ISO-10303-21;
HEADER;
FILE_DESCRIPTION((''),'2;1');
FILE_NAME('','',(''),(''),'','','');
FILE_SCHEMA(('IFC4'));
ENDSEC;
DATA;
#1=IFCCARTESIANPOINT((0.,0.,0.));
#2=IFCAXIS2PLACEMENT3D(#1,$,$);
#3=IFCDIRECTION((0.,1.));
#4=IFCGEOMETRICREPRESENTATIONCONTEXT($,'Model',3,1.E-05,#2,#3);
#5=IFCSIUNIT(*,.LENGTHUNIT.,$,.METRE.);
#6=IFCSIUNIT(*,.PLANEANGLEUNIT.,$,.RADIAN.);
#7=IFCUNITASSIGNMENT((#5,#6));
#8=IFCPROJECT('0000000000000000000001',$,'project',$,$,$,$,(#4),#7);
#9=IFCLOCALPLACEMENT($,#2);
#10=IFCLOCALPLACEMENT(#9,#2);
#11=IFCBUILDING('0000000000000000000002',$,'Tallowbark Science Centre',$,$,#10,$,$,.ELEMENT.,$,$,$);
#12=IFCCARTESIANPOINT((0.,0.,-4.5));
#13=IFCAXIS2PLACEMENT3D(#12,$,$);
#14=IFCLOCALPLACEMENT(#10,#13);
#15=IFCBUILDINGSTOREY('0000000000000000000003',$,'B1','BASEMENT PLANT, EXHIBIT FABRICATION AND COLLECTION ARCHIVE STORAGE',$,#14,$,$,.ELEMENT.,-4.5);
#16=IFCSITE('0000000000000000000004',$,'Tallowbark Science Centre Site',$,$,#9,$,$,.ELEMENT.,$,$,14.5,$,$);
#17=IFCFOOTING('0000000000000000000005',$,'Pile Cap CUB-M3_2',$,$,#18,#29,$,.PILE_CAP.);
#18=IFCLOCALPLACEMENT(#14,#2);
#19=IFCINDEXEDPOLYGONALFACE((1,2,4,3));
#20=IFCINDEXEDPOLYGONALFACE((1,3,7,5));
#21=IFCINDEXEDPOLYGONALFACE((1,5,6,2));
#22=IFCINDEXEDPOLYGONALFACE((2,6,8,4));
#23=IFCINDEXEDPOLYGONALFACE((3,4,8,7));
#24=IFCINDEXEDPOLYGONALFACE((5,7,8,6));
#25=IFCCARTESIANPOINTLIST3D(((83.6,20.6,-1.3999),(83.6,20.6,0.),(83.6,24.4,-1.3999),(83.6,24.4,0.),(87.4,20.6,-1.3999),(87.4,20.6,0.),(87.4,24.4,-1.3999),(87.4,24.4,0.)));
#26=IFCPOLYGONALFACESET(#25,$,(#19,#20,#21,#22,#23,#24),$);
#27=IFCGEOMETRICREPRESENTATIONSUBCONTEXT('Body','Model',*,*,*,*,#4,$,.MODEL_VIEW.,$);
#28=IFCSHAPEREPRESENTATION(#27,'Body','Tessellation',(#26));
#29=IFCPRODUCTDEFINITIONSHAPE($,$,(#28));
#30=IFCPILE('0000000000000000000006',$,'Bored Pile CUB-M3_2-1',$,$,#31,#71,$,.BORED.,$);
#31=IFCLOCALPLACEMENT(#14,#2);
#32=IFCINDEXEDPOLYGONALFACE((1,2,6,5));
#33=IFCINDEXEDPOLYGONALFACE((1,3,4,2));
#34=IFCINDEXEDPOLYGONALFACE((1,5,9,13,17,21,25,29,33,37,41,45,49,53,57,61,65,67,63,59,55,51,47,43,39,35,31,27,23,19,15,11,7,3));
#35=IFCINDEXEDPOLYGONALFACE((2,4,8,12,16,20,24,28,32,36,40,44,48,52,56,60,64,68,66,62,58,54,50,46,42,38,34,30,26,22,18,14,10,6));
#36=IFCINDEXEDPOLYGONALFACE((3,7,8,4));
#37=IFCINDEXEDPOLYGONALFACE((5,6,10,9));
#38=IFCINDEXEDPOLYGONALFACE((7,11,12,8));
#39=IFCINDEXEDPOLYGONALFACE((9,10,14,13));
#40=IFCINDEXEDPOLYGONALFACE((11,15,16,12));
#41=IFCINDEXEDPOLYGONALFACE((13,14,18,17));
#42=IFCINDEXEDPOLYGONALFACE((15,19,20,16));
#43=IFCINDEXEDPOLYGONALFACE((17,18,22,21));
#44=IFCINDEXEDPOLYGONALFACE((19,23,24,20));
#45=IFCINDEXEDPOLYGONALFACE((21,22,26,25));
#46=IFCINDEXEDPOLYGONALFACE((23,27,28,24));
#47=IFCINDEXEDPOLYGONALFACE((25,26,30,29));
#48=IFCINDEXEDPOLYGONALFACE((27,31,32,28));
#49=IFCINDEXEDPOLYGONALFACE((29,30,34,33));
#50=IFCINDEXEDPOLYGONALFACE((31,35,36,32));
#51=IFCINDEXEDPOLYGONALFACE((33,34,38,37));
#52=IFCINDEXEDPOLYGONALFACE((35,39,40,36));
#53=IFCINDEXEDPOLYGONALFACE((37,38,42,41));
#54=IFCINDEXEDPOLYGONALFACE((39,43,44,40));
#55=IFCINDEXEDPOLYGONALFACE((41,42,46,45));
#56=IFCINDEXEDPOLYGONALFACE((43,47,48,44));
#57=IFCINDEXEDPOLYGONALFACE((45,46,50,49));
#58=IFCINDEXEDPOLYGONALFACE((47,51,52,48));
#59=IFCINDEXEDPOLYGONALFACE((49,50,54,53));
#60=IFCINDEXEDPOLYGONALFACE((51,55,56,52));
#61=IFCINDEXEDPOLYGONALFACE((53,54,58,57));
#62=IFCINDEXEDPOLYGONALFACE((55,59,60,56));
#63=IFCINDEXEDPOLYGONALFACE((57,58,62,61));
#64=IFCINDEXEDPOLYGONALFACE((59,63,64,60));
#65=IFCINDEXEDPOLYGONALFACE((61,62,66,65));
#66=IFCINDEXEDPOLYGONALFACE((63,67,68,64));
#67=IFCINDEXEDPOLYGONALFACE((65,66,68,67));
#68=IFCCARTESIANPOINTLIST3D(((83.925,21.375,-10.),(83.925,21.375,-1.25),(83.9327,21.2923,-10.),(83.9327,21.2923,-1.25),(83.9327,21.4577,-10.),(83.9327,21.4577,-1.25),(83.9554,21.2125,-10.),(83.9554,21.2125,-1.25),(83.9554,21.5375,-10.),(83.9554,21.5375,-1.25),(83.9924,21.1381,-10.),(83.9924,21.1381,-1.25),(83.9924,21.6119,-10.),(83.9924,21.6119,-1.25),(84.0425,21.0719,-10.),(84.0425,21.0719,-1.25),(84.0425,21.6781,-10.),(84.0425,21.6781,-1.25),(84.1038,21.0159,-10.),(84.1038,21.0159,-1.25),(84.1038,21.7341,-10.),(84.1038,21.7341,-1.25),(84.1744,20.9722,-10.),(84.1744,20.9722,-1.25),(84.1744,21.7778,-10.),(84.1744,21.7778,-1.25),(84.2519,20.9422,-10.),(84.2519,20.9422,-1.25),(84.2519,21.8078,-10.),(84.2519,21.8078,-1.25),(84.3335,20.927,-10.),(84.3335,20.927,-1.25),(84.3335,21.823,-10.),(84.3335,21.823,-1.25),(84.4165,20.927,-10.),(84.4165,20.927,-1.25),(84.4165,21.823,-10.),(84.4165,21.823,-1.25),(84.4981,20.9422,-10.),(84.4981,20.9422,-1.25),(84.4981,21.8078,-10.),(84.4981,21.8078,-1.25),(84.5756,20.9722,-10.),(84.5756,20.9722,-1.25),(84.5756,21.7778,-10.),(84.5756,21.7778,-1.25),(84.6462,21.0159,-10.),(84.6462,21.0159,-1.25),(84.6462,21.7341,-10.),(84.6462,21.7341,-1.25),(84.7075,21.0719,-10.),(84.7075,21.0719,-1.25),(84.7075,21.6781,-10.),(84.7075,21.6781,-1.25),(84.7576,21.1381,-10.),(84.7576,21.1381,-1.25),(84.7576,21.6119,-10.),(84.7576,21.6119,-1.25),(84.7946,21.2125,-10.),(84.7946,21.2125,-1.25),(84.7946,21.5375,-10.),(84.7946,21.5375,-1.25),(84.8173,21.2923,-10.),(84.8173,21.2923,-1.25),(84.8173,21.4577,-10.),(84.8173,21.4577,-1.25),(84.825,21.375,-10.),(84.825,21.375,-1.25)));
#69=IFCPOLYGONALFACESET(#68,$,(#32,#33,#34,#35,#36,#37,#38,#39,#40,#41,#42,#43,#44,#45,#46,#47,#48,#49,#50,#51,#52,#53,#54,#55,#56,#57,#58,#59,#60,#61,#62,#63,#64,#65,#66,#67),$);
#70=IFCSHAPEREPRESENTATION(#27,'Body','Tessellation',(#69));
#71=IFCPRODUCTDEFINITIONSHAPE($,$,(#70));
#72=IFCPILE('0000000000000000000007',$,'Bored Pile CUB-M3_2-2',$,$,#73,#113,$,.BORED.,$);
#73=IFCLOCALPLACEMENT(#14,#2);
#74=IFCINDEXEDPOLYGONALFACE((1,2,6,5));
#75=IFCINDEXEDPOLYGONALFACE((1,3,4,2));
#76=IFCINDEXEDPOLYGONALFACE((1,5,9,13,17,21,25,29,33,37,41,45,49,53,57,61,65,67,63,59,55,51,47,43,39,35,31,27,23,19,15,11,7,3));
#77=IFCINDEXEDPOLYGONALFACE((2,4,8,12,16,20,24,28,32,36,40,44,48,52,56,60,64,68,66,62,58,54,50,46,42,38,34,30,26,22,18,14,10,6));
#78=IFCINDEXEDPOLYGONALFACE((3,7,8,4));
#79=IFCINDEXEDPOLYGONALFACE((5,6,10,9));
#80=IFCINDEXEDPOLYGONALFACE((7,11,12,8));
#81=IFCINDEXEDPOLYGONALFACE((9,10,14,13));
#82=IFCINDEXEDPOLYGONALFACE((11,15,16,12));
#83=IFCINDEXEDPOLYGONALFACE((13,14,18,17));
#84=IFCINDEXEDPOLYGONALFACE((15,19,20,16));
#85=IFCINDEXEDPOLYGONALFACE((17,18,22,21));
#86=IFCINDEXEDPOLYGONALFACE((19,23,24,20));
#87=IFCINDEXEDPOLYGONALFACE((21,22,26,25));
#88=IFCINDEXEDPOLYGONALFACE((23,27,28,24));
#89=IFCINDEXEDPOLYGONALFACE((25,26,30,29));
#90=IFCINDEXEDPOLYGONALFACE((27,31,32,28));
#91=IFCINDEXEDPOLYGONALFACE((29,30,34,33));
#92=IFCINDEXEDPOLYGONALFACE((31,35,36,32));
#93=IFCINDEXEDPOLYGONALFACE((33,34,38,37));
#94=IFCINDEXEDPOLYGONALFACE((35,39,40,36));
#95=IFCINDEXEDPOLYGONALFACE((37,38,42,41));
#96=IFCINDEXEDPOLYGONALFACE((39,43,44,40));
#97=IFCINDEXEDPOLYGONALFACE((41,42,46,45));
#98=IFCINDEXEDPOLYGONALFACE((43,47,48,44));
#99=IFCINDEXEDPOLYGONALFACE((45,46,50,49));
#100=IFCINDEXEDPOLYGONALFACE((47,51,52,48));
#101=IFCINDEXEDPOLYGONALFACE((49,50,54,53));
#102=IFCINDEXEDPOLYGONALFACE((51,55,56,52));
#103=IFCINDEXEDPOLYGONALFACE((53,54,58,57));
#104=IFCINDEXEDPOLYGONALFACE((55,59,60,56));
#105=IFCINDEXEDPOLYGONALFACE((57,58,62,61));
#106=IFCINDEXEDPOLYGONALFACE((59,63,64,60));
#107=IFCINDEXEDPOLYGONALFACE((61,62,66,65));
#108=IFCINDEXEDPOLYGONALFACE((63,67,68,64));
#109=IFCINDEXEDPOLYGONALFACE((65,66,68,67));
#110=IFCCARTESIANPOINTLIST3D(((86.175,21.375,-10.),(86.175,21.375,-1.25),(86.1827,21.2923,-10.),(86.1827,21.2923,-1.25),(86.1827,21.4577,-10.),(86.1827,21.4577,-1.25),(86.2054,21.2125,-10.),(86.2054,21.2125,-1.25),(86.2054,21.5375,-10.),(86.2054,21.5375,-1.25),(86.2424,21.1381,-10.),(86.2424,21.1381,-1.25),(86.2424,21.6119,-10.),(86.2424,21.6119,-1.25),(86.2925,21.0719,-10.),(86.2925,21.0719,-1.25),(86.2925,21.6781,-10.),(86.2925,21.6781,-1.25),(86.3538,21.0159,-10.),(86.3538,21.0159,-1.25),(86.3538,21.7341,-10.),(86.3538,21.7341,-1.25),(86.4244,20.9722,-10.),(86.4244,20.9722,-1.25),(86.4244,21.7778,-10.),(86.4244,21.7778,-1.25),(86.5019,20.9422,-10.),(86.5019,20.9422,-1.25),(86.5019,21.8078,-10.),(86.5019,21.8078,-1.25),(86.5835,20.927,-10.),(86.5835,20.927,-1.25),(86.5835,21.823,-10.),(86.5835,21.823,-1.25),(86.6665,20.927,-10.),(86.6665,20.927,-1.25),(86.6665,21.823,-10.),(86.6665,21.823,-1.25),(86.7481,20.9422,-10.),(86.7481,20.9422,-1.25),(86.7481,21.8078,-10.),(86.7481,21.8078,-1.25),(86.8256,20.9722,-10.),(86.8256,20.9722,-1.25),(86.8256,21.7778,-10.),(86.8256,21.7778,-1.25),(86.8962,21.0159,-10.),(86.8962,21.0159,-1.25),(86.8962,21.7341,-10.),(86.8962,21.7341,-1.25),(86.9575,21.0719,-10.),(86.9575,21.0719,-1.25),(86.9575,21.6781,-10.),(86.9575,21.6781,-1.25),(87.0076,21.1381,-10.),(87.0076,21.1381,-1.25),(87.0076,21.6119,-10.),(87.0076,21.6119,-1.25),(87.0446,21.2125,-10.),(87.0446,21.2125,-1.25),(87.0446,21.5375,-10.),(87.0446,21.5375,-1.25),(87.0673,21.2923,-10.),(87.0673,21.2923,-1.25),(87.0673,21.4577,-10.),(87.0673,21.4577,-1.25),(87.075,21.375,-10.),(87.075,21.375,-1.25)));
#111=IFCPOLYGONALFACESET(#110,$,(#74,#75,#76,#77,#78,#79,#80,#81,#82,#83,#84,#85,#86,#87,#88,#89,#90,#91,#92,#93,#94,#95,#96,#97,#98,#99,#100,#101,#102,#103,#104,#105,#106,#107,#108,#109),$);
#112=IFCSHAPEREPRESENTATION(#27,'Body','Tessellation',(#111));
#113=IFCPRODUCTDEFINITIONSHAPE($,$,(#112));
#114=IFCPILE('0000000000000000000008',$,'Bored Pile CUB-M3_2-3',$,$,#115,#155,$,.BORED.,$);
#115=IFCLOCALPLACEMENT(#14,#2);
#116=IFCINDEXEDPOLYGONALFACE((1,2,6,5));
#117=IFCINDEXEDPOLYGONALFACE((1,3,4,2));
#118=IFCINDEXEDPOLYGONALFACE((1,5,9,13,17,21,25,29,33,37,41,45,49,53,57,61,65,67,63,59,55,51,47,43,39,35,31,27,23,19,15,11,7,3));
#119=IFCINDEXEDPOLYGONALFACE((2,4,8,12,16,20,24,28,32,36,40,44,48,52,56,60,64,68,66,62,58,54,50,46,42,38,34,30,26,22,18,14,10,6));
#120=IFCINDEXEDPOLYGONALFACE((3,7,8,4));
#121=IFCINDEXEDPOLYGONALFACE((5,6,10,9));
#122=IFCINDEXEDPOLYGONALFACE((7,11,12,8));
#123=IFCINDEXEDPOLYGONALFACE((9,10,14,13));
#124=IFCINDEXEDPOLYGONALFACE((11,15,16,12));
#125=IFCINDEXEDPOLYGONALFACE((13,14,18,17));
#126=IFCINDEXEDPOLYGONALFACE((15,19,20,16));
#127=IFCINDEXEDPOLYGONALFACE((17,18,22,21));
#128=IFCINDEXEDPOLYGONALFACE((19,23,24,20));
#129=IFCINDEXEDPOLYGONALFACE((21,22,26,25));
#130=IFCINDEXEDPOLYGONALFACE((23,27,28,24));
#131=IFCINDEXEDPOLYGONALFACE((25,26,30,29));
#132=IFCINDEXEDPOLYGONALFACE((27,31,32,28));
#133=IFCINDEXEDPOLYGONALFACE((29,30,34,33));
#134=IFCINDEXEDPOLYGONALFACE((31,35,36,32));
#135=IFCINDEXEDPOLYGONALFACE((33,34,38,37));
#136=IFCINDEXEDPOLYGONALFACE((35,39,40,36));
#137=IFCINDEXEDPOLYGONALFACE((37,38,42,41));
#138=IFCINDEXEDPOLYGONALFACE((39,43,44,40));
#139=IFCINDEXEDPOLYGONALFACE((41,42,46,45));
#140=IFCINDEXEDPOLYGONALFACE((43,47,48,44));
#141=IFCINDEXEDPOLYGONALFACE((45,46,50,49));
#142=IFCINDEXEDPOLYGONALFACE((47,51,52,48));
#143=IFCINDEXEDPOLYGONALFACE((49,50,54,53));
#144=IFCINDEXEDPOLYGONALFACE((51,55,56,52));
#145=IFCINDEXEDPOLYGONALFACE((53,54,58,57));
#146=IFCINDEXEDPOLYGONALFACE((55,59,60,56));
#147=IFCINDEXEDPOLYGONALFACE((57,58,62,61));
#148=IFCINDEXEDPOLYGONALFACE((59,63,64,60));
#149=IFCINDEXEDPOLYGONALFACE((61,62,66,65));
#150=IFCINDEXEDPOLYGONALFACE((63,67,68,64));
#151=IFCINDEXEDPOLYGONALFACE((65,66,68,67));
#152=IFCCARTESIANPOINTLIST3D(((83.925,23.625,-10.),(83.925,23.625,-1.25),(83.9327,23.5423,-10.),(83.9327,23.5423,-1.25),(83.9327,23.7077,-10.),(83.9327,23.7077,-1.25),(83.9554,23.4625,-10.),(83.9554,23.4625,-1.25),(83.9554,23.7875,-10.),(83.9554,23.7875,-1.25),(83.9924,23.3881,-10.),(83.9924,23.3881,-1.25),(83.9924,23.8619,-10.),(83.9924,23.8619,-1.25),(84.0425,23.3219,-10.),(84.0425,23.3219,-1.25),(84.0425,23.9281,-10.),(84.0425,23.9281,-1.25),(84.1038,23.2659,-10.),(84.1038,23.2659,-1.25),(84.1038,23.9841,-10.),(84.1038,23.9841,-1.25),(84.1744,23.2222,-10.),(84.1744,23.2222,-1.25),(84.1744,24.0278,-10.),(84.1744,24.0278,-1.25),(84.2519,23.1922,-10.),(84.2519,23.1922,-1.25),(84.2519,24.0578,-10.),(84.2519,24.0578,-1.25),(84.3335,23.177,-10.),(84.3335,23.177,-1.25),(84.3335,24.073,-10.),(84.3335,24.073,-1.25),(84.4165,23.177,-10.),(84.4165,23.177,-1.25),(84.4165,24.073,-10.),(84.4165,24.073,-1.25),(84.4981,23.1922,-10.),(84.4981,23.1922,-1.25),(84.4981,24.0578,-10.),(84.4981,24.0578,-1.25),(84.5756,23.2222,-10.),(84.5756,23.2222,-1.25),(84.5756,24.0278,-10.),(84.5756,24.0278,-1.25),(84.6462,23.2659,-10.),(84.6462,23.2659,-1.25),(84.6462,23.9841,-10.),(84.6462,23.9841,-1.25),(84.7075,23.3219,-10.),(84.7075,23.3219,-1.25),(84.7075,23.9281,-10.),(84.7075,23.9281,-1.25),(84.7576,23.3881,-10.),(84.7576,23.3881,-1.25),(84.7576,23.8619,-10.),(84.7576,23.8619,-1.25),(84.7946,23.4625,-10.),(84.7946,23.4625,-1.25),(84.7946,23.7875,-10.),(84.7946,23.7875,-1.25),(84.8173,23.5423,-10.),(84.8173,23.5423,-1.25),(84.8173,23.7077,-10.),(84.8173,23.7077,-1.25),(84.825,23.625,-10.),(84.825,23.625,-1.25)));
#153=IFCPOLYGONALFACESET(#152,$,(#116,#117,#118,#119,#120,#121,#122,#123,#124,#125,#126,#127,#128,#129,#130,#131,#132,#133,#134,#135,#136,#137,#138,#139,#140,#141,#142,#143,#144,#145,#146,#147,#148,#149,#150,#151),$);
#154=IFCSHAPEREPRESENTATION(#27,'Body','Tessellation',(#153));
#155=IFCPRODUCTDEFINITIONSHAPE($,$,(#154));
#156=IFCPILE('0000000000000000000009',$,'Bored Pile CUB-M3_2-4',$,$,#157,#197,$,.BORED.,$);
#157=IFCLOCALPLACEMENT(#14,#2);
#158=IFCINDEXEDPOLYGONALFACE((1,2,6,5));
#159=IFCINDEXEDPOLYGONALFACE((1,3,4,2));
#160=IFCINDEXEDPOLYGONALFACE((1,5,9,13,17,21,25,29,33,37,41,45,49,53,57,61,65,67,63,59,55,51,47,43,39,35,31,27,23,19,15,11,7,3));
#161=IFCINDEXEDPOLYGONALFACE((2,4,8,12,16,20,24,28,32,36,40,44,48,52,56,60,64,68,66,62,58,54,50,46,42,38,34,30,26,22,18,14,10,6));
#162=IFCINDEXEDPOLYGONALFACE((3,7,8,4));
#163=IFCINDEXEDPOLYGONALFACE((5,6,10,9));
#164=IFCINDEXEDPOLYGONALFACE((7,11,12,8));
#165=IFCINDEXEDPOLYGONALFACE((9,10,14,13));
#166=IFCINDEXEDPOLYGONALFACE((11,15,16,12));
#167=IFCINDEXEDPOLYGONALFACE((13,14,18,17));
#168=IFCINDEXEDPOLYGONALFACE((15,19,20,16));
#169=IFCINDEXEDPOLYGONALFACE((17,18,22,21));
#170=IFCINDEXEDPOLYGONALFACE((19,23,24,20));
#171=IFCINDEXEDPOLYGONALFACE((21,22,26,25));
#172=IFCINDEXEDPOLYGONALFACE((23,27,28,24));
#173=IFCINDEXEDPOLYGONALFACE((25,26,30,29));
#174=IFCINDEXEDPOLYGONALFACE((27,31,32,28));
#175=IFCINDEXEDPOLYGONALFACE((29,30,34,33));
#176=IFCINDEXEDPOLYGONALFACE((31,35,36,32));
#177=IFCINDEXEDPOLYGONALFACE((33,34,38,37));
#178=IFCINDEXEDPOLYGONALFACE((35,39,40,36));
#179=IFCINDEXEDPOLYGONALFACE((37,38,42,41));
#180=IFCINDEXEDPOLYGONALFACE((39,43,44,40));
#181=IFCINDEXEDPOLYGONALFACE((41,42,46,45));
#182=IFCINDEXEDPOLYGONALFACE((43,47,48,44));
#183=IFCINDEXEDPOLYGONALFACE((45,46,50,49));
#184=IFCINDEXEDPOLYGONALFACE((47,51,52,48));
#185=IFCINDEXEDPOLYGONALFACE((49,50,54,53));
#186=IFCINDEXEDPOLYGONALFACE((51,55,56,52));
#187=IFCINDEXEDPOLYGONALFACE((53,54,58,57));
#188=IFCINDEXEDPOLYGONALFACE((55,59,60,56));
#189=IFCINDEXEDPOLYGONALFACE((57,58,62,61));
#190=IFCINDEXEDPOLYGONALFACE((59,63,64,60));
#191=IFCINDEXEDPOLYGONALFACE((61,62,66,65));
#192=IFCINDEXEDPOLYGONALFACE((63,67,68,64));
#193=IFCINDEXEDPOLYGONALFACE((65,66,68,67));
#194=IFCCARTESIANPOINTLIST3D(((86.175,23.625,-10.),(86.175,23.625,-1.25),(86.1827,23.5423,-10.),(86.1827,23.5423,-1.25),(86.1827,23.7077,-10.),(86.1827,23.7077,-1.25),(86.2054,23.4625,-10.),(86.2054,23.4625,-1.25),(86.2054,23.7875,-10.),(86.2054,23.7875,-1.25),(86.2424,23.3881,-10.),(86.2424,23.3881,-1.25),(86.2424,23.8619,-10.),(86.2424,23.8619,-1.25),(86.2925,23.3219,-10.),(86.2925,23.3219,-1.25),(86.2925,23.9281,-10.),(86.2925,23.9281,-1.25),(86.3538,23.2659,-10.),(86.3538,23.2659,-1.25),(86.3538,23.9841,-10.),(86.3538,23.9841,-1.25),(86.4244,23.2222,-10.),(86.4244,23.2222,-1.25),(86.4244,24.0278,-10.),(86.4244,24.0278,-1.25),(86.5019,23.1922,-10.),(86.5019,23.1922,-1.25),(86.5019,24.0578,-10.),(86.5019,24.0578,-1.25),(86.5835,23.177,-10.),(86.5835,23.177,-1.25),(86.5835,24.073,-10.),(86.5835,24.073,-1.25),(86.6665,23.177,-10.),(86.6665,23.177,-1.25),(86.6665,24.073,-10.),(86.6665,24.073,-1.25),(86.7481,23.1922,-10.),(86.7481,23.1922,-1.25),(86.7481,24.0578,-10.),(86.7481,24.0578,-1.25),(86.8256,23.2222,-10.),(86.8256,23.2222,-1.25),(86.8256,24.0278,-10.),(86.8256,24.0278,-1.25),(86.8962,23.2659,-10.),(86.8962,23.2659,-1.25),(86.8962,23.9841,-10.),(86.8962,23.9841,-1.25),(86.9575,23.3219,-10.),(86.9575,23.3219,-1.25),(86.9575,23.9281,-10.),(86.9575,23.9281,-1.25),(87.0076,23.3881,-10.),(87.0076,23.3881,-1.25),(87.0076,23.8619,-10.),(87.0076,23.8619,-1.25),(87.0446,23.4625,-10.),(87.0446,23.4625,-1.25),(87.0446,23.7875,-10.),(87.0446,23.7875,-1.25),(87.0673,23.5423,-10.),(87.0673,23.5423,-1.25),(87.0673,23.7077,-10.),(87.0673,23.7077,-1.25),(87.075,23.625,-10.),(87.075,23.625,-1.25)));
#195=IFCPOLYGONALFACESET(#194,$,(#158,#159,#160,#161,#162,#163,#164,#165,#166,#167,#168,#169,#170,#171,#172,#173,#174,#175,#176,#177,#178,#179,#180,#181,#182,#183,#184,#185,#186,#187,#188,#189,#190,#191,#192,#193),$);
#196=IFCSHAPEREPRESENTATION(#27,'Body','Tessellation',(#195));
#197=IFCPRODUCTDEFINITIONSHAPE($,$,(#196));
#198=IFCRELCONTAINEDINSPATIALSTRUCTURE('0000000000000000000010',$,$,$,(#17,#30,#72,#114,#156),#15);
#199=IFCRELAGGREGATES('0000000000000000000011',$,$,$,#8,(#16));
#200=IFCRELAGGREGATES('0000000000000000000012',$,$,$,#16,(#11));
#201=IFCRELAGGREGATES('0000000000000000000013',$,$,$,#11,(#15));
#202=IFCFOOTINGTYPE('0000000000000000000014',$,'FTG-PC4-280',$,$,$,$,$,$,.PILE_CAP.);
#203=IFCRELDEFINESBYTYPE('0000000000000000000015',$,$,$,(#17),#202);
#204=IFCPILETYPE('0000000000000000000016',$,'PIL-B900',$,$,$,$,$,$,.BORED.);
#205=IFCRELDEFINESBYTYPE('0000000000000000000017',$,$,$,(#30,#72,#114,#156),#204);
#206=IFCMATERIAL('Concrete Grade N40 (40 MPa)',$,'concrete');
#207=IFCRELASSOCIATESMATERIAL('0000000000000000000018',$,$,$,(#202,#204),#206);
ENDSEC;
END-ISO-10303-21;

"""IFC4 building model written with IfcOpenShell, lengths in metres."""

from ifc_helpers import new_model, si_unit, direction, frame, origin, origin_2d, place, context, subcontext, project, spatial, rectangle, circle, extrude, material, material_profile, profile_set, type_object, element, save


model = new_model("IFC4")

# Units and contexts
model_context = context("Model", 3, precision=1e-05, world=origin(), true_north=direction((0.0, 1.0)))
body_context = subcontext(model_context, "Body", "Model", "MODEL_VIEW")
ifc_project = project(units=[si_unit("LENGTHUNIT", "METRE"), si_unit("PLANEANGLEUNIT", "RADIAN")], contexts=[model_context])

# Site, building, storey
site_placement = place(None, origin())
site = spatial("IfcSite", under=ifc_project, at=site_placement, Name="Tallowbark Science Centre Site", CompositionType="ELEMENT", RefElevation=14.5)
building_placement = place(site_placement, origin())
building = spatial("IfcBuilding", under=site, at=building_placement, Name="Tallowbark Science Centre", CompositionType="ELEMENT")
storey_placement = place(building_placement, frame((0.0, 0.0, -4.5)))
storey = spatial("IfcBuildingStorey", under=building, at=storey_placement, Name="B1", Description="BASEMENT PLANT, EXHIBIT FABRICATION AND COLLECTION ARCHIVE STORAGE", CompositionType="ELEMENT", Elevation=-4.5)

# Footing
ifc_material_1 = material(Name="Concrete Grade N40 (40 MPa)", Category="concrete")
footing_type = type_object("IfcFootingType", Name="FTG-PC4-280", PredefinedType="PILE_CAP", material=ifc_material_1)
footing_placement = place(storey_placement, frame((85.5, 22.5, -1.3999), z_axis=(0.0, 0.0, 1.0), x_axis=(1.0, 0.0, 0.0)))
element("IfcFooting", 1, at=footing_placement, inside=storey, type_object=footing_type, Name="Pile Cap CUB-M3_2", PredefinedType="PILE_CAP", context=body_context, shape_type="SweptSolid", body=[
    extrude(rectangle(XDim=3.8, YDim=3.8, at=origin_2d()), origin(), (0.0, 0.0, 1.0), 1.3999),
])

# Piles
ifc_material_profile_1 = material_profile(ifc_material_1, circle(Radius=0.45, at=origin_2d()), Name="PILE900")
ifc_profile_set_1 = profile_set([ifc_material_profile_1], Name="Concrete Grade N40 (40 MPa)")
pile_type = type_object("IfcPileType", Name="PIL-B900", PredefinedType="BORED", material=ifc_profile_set_1)
for number, where, z_axis, x_axis, name in (
    (2, (84.375, 21.375, -1.25), (0.0, 0.0, -1.0), (1.0, 0.0, 0.0), "Bored Pile CUB-M3_2-1"),
    (3, (86.625, 21.375, -1.25), (0.0, 0.0, -1.0), (1.0, 0.0, 0.0), "Bored Pile CUB-M3_2-2"),
    (4, (84.375, 23.625, -1.25), (0.0, 0.0, -1.0), (1.0, 0.0, 0.0), "Bored Pile CUB-M3_2-3"),
    (5, (86.625, 23.625, -1.25), (0.0, 0.0, -1.0), (1.0, 0.0, 0.0), "Bored Pile CUB-M3_2-4"),
):
    element("IfcPile", number, at=place(storey_placement, frame(where, z_axis=z_axis, x_axis=x_axis)), inside=storey, type_object=pile_type, Name=name, PredefinedType="BORED", context=body_context, shape_type="SweptSolid", body=[
        extrude(circle(Radius=0.45, at=origin_2d()), origin(), (0.0, 0.0, 1.0), 8.75),
    ])

save(model, "model.ifc")
